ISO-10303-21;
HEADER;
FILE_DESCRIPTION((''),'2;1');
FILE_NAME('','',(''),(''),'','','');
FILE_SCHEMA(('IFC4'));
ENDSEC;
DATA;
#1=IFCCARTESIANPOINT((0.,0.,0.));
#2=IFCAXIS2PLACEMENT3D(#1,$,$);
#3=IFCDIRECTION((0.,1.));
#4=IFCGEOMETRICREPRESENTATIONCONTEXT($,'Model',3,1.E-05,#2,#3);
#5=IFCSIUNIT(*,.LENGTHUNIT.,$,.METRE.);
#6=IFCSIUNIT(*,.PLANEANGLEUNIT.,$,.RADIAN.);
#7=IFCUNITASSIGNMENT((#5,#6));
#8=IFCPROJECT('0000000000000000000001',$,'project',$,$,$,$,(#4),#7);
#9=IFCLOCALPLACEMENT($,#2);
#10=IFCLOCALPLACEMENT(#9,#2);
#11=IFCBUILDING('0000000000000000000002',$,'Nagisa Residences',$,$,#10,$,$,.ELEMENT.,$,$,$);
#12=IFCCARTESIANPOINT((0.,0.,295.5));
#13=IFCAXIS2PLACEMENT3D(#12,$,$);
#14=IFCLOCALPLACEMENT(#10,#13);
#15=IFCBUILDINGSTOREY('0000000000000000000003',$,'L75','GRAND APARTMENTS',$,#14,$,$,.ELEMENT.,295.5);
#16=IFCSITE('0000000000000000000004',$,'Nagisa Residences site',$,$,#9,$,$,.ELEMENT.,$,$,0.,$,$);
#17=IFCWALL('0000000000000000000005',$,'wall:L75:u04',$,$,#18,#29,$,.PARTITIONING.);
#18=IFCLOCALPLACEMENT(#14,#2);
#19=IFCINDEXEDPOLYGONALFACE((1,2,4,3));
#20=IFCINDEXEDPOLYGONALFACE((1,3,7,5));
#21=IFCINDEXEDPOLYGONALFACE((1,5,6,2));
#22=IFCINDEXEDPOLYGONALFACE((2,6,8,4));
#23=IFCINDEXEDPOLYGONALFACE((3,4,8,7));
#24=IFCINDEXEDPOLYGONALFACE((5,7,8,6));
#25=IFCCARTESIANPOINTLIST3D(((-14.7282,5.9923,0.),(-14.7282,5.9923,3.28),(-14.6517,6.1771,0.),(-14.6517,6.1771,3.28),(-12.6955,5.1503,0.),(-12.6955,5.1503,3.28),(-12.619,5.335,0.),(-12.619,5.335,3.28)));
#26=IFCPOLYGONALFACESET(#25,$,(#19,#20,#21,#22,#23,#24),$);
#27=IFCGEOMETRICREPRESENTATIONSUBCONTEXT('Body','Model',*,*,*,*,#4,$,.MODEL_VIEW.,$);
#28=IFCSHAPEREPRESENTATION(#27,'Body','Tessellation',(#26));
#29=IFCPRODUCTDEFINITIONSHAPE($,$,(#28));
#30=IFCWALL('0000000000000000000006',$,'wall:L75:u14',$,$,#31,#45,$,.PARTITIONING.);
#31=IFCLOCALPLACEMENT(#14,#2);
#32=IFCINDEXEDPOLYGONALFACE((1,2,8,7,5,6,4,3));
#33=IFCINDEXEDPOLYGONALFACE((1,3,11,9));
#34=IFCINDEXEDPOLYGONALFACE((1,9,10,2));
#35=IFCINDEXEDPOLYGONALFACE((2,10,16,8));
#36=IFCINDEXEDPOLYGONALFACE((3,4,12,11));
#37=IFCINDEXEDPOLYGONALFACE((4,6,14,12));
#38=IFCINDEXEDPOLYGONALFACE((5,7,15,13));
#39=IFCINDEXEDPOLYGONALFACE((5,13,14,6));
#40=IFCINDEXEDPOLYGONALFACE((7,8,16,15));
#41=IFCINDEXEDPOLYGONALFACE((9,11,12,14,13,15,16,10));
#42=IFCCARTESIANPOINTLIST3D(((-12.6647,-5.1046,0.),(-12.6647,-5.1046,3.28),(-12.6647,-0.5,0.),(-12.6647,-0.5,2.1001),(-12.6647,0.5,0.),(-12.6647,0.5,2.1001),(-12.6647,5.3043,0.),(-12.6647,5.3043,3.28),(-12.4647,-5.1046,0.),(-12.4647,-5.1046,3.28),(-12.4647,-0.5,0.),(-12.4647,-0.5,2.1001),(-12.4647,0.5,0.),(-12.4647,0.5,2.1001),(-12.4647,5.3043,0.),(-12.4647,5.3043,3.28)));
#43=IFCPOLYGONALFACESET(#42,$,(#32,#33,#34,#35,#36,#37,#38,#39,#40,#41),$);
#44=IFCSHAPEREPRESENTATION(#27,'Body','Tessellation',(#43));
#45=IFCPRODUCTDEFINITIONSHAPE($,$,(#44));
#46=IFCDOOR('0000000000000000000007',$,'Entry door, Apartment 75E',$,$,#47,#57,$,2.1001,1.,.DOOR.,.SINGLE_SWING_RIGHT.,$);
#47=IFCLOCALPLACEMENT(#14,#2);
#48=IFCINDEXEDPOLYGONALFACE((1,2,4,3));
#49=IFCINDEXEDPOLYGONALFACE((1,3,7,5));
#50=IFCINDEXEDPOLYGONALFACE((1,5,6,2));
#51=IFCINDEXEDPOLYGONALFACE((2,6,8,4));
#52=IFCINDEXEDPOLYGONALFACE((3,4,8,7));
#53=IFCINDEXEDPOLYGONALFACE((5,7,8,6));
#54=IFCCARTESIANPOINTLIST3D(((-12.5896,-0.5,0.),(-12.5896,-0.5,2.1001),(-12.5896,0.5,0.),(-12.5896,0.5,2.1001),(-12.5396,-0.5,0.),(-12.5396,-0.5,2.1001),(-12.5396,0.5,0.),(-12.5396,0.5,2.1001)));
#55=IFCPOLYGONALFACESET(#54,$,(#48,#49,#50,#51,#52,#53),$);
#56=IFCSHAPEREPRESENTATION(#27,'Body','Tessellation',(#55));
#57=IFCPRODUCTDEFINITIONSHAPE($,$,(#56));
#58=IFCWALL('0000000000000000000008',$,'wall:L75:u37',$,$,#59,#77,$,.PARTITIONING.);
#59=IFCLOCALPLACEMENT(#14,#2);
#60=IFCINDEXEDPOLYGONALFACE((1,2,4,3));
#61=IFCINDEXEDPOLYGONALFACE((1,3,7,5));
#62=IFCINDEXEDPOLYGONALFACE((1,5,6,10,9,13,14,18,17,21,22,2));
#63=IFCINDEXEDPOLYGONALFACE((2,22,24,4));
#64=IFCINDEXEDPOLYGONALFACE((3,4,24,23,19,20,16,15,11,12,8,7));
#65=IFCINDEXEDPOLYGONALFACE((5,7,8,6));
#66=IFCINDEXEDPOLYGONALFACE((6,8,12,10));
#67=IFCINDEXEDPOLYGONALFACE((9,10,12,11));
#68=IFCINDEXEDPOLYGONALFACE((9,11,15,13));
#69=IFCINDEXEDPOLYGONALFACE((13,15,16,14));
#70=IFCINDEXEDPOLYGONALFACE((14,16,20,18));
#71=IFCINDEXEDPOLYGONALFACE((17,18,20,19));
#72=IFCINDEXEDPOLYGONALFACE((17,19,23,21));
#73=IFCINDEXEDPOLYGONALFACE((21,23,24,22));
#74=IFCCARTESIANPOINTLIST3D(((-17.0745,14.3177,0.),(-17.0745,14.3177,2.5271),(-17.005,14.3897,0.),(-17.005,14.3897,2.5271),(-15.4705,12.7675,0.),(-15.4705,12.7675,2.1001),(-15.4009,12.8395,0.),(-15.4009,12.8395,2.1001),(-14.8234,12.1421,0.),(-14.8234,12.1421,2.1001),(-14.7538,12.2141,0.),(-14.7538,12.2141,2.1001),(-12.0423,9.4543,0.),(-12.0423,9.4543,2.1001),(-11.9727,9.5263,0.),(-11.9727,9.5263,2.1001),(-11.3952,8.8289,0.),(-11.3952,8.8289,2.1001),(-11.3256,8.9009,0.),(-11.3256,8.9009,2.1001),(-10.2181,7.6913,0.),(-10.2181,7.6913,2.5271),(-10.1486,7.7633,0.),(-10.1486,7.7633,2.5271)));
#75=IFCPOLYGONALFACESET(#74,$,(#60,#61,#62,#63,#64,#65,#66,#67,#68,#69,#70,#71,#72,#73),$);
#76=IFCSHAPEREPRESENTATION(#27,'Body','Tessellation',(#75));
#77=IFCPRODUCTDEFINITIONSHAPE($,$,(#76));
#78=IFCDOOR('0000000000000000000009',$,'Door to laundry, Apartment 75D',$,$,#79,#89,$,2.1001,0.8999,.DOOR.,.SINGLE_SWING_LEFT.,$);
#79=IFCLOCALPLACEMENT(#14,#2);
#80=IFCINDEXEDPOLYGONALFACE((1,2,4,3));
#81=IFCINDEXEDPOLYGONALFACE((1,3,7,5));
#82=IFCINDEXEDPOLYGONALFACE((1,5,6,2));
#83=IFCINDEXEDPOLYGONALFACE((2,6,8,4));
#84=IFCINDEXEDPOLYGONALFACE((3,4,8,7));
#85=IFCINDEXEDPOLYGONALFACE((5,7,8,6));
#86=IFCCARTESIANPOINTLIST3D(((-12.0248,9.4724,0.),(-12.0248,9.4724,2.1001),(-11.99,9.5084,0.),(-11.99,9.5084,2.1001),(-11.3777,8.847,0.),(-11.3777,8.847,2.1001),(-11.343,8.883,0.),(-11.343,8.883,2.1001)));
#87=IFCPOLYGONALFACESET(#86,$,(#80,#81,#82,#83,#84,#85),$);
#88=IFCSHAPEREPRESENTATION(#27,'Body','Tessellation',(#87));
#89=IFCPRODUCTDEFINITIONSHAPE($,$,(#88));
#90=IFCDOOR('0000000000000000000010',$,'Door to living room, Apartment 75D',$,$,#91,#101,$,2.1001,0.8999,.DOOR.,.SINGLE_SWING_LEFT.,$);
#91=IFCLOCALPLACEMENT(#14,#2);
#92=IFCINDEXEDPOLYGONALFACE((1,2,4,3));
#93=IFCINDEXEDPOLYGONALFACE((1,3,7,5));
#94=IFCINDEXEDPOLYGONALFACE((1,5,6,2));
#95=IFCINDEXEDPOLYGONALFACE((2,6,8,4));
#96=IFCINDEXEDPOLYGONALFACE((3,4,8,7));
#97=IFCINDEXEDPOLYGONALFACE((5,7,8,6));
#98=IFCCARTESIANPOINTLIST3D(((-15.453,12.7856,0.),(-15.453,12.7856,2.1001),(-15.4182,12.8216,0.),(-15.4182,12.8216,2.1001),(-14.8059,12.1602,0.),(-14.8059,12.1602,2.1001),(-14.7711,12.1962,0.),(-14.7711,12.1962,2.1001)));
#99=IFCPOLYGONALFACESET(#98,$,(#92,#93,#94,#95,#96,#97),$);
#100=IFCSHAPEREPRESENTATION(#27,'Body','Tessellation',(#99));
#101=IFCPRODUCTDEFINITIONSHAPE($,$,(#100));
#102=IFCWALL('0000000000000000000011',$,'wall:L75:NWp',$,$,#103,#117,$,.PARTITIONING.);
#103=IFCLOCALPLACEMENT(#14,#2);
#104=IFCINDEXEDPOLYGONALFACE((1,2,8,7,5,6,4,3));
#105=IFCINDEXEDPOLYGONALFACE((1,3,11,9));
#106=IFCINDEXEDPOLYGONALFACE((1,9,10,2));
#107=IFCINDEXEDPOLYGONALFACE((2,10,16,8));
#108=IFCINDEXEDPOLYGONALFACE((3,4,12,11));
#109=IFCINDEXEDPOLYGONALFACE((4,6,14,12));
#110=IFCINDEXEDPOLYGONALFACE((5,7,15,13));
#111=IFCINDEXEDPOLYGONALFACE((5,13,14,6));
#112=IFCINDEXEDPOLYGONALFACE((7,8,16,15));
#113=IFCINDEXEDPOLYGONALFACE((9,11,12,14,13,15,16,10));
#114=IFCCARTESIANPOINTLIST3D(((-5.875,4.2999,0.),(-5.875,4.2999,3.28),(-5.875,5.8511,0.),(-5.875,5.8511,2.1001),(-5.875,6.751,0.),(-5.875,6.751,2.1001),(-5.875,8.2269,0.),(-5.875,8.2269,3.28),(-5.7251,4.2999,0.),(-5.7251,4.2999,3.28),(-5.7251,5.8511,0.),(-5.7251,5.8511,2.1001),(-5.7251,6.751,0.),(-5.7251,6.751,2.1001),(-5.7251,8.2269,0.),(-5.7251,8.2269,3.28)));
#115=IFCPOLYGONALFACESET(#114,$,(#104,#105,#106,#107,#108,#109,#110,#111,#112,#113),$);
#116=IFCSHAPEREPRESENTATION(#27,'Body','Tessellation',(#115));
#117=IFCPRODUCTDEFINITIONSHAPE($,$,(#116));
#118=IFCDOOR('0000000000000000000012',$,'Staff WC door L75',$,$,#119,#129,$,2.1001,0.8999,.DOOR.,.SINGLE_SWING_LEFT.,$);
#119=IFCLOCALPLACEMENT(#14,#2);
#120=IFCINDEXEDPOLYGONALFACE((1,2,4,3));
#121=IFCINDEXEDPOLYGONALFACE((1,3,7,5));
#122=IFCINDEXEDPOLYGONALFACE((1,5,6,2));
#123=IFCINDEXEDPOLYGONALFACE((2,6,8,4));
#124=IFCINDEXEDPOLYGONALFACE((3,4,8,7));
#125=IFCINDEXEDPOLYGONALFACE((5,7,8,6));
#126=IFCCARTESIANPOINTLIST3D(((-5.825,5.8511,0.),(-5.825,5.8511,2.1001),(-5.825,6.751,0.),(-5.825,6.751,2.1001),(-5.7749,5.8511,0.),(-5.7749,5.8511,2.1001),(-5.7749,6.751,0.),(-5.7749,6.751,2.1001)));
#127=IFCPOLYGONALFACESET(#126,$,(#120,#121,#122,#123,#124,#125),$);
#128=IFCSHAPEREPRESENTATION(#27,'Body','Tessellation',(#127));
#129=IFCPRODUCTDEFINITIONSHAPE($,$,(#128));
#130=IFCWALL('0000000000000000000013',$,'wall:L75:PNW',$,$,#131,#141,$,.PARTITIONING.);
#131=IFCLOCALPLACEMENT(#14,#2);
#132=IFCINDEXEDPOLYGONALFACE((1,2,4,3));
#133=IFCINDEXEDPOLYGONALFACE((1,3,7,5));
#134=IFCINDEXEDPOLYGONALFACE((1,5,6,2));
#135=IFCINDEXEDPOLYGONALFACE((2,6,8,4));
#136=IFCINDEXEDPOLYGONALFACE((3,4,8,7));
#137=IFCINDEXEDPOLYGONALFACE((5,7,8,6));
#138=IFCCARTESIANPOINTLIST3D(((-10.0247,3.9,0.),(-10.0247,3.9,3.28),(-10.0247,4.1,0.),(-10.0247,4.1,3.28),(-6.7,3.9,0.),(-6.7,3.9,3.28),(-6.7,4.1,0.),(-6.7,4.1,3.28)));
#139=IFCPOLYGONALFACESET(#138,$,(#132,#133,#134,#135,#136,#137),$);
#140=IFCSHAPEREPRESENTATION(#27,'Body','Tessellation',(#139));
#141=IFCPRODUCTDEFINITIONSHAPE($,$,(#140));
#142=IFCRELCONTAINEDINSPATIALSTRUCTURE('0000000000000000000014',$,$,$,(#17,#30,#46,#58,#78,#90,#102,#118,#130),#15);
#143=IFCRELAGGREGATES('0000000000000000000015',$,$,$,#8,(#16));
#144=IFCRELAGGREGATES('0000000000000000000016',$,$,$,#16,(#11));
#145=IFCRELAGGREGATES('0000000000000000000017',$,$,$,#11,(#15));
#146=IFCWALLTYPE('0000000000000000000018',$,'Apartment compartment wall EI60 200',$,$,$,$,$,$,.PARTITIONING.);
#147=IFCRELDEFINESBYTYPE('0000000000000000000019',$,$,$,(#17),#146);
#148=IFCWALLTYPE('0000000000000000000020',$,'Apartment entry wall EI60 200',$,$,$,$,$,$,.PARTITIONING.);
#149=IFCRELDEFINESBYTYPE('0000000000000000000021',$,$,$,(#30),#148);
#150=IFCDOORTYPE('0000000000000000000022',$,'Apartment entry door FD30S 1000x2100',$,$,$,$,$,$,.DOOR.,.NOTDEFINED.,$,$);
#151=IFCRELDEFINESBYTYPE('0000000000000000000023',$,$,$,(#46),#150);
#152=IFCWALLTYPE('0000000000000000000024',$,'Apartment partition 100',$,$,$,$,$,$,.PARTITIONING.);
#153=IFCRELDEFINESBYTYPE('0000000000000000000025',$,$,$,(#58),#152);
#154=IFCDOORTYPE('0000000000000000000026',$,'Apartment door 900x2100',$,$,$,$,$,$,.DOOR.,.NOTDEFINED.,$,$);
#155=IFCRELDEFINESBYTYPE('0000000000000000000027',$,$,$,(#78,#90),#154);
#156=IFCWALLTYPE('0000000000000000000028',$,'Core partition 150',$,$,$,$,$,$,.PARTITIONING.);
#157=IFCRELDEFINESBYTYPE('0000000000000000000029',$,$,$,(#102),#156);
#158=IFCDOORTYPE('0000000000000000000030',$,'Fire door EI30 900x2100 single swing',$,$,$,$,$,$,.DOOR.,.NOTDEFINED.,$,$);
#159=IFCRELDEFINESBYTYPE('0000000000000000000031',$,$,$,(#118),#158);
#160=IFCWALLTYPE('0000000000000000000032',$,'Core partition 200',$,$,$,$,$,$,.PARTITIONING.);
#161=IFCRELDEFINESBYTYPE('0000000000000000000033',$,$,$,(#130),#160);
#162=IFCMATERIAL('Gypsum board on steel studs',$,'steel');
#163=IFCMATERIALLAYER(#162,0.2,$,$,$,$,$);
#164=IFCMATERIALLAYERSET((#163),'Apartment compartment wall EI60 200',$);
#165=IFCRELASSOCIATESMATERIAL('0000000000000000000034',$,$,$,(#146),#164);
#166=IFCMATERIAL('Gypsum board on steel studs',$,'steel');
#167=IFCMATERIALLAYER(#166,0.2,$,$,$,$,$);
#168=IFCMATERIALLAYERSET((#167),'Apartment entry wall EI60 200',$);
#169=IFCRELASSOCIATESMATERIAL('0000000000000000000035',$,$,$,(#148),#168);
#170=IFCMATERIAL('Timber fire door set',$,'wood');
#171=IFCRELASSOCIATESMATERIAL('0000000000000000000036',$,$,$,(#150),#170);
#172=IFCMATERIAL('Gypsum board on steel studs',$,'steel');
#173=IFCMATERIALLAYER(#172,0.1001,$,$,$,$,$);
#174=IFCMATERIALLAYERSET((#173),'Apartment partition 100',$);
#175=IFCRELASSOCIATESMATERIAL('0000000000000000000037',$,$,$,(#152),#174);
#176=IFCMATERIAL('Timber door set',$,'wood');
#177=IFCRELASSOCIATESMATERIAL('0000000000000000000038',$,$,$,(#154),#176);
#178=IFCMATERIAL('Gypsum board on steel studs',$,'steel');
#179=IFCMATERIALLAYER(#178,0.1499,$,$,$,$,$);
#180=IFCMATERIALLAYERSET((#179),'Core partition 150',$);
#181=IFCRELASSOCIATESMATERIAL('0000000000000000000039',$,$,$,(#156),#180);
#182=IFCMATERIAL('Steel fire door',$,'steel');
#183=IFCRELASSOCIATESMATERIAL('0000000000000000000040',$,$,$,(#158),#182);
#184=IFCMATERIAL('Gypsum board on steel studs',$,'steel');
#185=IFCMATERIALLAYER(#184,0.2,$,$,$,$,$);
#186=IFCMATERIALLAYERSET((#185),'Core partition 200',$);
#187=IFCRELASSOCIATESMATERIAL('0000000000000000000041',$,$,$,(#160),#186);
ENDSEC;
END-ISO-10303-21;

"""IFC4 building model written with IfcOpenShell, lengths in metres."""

from ifc_helpers import new_model, si_unit, direction, frame, frame_2d, origin, place, context, subcontext, project, spatial, rectangle, extrude, material, layer, layer_set, type_object, element, fill, save


model = new_model("IFC4")

# Units and contexts
model_context = context("Model", 3, precision=1e-05, world=origin(), true_north=direction((0.0, 1.0)))
body_context = subcontext(model_context, "Body", "Model", "MODEL_VIEW")
ifc_project = project(units=[si_unit("LENGTHUNIT", "METRE"), si_unit("PLANEANGLEUNIT", "RADIAN")], contexts=[model_context])

# Site, building, storey
site_placement = place(None, origin())
site = spatial("IfcSite", under=ifc_project, at=site_placement, Name="Nagisa Residences site", CompositionType="ELEMENT", RefElevation=0.0)
building_placement = place(site_placement, origin())
building = spatial("IfcBuilding", under=site, at=building_placement, Name="Nagisa Residences", CompositionType="ELEMENT")
storey_placement = place(building_placement, frame((0.0, 0.0, 295.5)))
storey = spatial("IfcBuildingStorey", under=building, at=storey_placement, Name="L75", Description="GRAND APARTMENTS", CompositionType="ELEMENT", Elevation=295.5)

# Wall
ifc_material_1 = material(Name="Gypsum board on steel studs", Category="steel")
ifc_layer_1 = layer(ifc_material_1, 0.2)
ifc_layer_set_1 = layer_set([ifc_layer_1], Name="Apartment compartment wall EI60 200")
wall_type_1 = type_object("IfcWallType", Name="Apartment compartment wall EI60 200", PredefinedType="PARTITIONING", material=ifc_layer_set_1)
wall_1_placement = place(storey_placement, frame((-12.6572, 5.2427, 0.0), z_axis=(0.0, 0.0, 1.0), x_axis=(-0.923869, 0.382708, 0.0)))
element("IfcWall", 1, at=wall_1_placement, inside=storey, type_object=wall_type_1, Name="wall:L75:u04", PredefinedType="PARTITIONING", context=body_context, shape_type="SweptSolid", body=[
    extrude(rectangle(XDim=2.2002, YDim=0.2, at=frame_2d((1.1001, 0.0))), origin(), (0.0, 0.0, 1.0), 3.28),
])

# Wall, opening, door
ifc_material_2 = material(Name="Gypsum board on steel studs", Category="steel")
ifc_layer_2 = layer(ifc_material_2, 0.2)
ifc_layer_set_2 = layer_set([ifc_layer_2], Name="Apartment entry wall EI60 200")
wall_type_2 = type_object("IfcWallType", Name="Apartment entry wall EI60 200", PredefinedType="PARTITIONING", material=ifc_layer_set_2)
wall_2_placement = place(storey_placement, frame((-12.5647, 5.3044, 0.0), z_axis=(0.0, 0.0, 1.0), x_axis=(0.0, -1.0, 0.0)))
wall_2 = element("IfcWall", 2, at=wall_2_placement, inside=storey, type_object=wall_type_2, Name="wall:L75:u14", PredefinedType="PARTITIONING", context=body_context, shape_type="SweptSolid", body=[
    extrude(rectangle(XDim=10.4089, YDim=0.2, at=frame_2d((5.2046, 0.0))), origin(), (0.0, 0.0, 1.0), 3.28),
])
opening_1_placement = place(wall_2_placement, frame((4.8044, 0.0, 0.0)))
opening_1 = element("IfcOpeningElement", 3, at=opening_1_placement, cuts=wall_2, PredefinedType="OPENING", context=body_context, shape_type="SweptSolid", body=[
    extrude(rectangle(XDim=1.0, YDim=2.1001, at=frame_2d((0.5, 1.05))), frame((0.0, 0.1099, 0.0), z_axis=(0.0, -1.0, 0.0), x_axis=(1.0, 0.0, 0.0)), (0.0, 0.0, 1.0), 0.22),
])
ifc_material_3 = material(Name="Timber fire door set", Category="wood")
door_type_1 = type_object("IfcDoorType", Name="Apartment entry door FD30S 1000x2100", OperationType="NOTDEFINED", PredefinedType="DOOR", material=ifc_material_3)
door_1_placement = place(opening_1_placement, frame((1.0, 0.0, 0.0), x_axis=(-1.0, 0.0, 0.0)))
door_1 = element("IfcDoor", 4, at=door_1_placement, inside=storey, type_object=door_type_1, Name="Entry door, Apartment 75E", OperationType="SINGLE_SWING_RIGHT", OverallHeight=2.1001, OverallWidth=1.0, PredefinedType="DOOR", context=body_context, shape_type="SweptSolid", body=[
    extrude(rectangle(XDim=1.0, YDim=2.1001, at=frame_2d((0.5, 1.05))), frame((0.0, 0.0249, 0.0), z_axis=(0.0, -1.0, 0.0), x_axis=(1.0, 0.0, 0.0)), (0.0, 0.0, 1.0), 0.05),
])
fill(opening_1, door_1)

# Wall, openings, doors
ifc_material_4 = material(Name="Gypsum board on steel studs", Category="steel")
ifc_layer_3 = layer(ifc_material_4, 0.1001)
ifc_layer_set_3 = layer_set([ifc_layer_3], Name="Apartment partition 100")
wall_type_3 = type_object("IfcWallType", Name="Apartment partition 100", PredefinedType="PARTITIONING", material=ifc_layer_set_3)
wall_3_placement = place(storey_placement, frame((-10.1833, 7.7273, 0.0), z_axis=(0.0, 0.0, 1.0), x_axis=(-0.719063, 0.694944, 0.0)))
wall_3 = element("IfcWall", 5, at=wall_3_placement, inside=storey, type_object=wall_type_3, Name="wall:L75:u37", PredefinedType="PARTITIONING", context=body_context, shape_type="SweptSolid", body=[
    extrude(rectangle(XDim=9.5352, YDim=0.1001, at=frame_2d((4.7676, 0.0))), origin(), (0.0, 0.0, 1.0), 2.5271),
])
opening_2_placement = place(wall_3_placement, frame((1.637, 0.0, 0.0)))
opening_2 = element("IfcOpeningElement", 6, at=opening_2_placement, cuts=wall_3, PredefinedType="OPENING", context=body_context, shape_type="SweptSolid", body=[
    extrude(rectangle(XDim=0.8999, YDim=2.1001, at=frame_2d((0.45, 1.05))), frame((0.0, 0.0601, 0.0), z_axis=(0.0, -1.0, 0.0), x_axis=(1.0, 0.0, 0.0)), (0.0, 0.0, 1.0), 0.1201),
])
opening_3_placement = place(wall_3_placement, frame((6.4045, 0.0, 0.0)))
opening_3 = element("IfcOpeningElement", 7, at=opening_3_placement, cuts=wall_3, PredefinedType="OPENING", context=body_context, shape_type="SweptSolid", body=[
    extrude(rectangle(XDim=0.8999, YDim=2.1001, at=frame_2d((0.45, 1.05))), frame((0.0, 0.0601, 0.0), z_axis=(0.0, -1.0, 0.0), x_axis=(1.0, 0.0, 0.0)), (0.0, 0.0, 1.0), 0.1201),
])
ifc_material_5 = material(Name="Timber door set", Category="wood")
door_type_2 = type_object("IfcDoorType", Name="Apartment door 900x2100", OperationType="NOTDEFINED", PredefinedType="DOOR", material=ifc_material_5)
door_2_placement = place(opening_2_placement, origin())
door_2 = element("IfcDoor", 8, at=door_2_placement, inside=storey, type_object=door_type_2, Name="Door to laundry, Apartment 75D", OperationType="SINGLE_SWING_LEFT", OverallHeight=2.1001, OverallWidth=0.8999, PredefinedType="DOOR", context=body_context, shape_type="SweptSolid", body=[
    extrude(rectangle(XDim=0.8999, YDim=2.1001, at=frame_2d((0.45, 1.05))), frame((0.0, 0.0249, 0.0), z_axis=(0.0, -1.0, 0.0), x_axis=(1.0, 0.0, 0.0)), (0.0, 0.0, 1.0), 0.05),
])
fill(opening_2, door_2)
door_3_placement = place(opening_3_placement, origin())
door_3 = element("IfcDoor", 9, at=door_3_placement, inside=storey, type_object=door_type_2, Name="Door to living room, Apartment 75D", OperationType="SINGLE_SWING_LEFT", OverallHeight=2.1001, OverallWidth=0.8999, PredefinedType="DOOR", context=body_context, shape_type="SweptSolid", body=[
    extrude(rectangle(XDim=0.8999, YDim=2.1001, at=frame_2d((0.45, 1.05))), frame((0.0, 0.0249, 0.0), z_axis=(0.0, -1.0, 0.0), x_axis=(1.0, 0.0, 0.0)), (0.0, 0.0, 1.0), 0.05),
])
fill(opening_3, door_3)

# Wall, opening, door
ifc_material_6 = material(Name="Gypsum board on steel studs", Category="steel")
ifc_layer_4 = layer(ifc_material_6, 0.1499)
ifc_layer_set_4 = layer_set([ifc_layer_4], Name="Core partition 150")
wall_type_4 = type_object("IfcWallType", Name="Core partition 150", PredefinedType="PARTITIONING", material=ifc_layer_set_4)
wall_4_placement = place(storey_placement, frame((-5.8, 4.3, 0.0), z_axis=(0.0, 0.0, 1.0), x_axis=(0.0, 1.0, 0.0)))
wall_4 = element("IfcWall", 10, at=wall_4_placement, inside=storey, type_object=wall_type_4, Name="wall:L75:NWp", PredefinedType="PARTITIONING", context=body_context, shape_type="SweptSolid", body=[
    extrude(rectangle(XDim=3.927, YDim=0.1499, at=frame_2d((1.9634, 0.0))), origin(), (0.0, 0.0, 1.0), 3.28),
])
opening_4_placement = place(wall_4_placement, frame((1.551, 0.0, 0.0)))
opening_4 = element("IfcOpeningElement", 11, at=opening_4_placement, cuts=wall_4, PredefinedType="OPENING", context=body_context, shape_type="SweptSolid", body=[
    extrude(rectangle(XDim=0.8999, YDim=2.1001, at=frame_2d((0.45, 1.05))), frame((0.0, 0.085, 0.0), z_axis=(0.0, -1.0, 0.0), x_axis=(1.0, 0.0, 0.0)), (0.0, 0.0, 1.0), 0.1699),
])
ifc_material_7 = material(Name="Steel fire door", Category="steel")
door_type_3 = type_object("IfcDoorType", Name="Fire door EI30 900x2100 single swing", OperationType="NOTDEFINED", PredefinedType="DOOR", material=ifc_material_7)
door_4_placement = place(opening_4_placement, origin())
door_4 = element("IfcDoor", 12, at=door_4_placement, inside=storey, type_object=door_type_3, Name="Staff WC door L75", OperationType="SINGLE_SWING_LEFT", OverallHeight=2.1001, OverallWidth=0.8999, PredefinedType="DOOR", context=body_context, shape_type="SweptSolid", body=[
    extrude(rectangle(XDim=0.8999, YDim=2.1001, at=frame_2d((0.45, 1.05))), frame((0.0, 0.0249, 0.0), z_axis=(0.0, -1.0, 0.0), x_axis=(1.0, 0.0, 0.0)), (0.0, 0.0, 1.0), 0.05),
])
fill(opening_4, door_4)

# Wall
ifc_material_8 = material(Name="Gypsum board on steel studs", Category="steel")
ifc_layer_5 = layer(ifc_material_8, 0.2)
ifc_layer_set_5 = layer_set([ifc_layer_5], Name="Core partition 200")
wall_type_5 = type_object("IfcWallType", Name="Core partition 200", PredefinedType="PARTITIONING", material=ifc_layer_set_5)
wall_5_placement = place(storey_placement, frame((-10.0247, 4.0, 0.0), z_axis=(0.0, 0.0, 1.0), x_axis=(1.0, 0.0, 0.0)))
element("IfcWall", 13, at=wall_5_placement, inside=storey, type_object=wall_type_5, Name="wall:L75:PNW", PredefinedType="PARTITIONING", context=body_context, shape_type="SweptSolid", body=[
    extrude(rectangle(XDim=3.3247, YDim=0.2, at=frame_2d((1.6624, 0.0))), origin(), (0.0, 0.0, 1.0), 3.28),
])

save(model, "model.ifc")
